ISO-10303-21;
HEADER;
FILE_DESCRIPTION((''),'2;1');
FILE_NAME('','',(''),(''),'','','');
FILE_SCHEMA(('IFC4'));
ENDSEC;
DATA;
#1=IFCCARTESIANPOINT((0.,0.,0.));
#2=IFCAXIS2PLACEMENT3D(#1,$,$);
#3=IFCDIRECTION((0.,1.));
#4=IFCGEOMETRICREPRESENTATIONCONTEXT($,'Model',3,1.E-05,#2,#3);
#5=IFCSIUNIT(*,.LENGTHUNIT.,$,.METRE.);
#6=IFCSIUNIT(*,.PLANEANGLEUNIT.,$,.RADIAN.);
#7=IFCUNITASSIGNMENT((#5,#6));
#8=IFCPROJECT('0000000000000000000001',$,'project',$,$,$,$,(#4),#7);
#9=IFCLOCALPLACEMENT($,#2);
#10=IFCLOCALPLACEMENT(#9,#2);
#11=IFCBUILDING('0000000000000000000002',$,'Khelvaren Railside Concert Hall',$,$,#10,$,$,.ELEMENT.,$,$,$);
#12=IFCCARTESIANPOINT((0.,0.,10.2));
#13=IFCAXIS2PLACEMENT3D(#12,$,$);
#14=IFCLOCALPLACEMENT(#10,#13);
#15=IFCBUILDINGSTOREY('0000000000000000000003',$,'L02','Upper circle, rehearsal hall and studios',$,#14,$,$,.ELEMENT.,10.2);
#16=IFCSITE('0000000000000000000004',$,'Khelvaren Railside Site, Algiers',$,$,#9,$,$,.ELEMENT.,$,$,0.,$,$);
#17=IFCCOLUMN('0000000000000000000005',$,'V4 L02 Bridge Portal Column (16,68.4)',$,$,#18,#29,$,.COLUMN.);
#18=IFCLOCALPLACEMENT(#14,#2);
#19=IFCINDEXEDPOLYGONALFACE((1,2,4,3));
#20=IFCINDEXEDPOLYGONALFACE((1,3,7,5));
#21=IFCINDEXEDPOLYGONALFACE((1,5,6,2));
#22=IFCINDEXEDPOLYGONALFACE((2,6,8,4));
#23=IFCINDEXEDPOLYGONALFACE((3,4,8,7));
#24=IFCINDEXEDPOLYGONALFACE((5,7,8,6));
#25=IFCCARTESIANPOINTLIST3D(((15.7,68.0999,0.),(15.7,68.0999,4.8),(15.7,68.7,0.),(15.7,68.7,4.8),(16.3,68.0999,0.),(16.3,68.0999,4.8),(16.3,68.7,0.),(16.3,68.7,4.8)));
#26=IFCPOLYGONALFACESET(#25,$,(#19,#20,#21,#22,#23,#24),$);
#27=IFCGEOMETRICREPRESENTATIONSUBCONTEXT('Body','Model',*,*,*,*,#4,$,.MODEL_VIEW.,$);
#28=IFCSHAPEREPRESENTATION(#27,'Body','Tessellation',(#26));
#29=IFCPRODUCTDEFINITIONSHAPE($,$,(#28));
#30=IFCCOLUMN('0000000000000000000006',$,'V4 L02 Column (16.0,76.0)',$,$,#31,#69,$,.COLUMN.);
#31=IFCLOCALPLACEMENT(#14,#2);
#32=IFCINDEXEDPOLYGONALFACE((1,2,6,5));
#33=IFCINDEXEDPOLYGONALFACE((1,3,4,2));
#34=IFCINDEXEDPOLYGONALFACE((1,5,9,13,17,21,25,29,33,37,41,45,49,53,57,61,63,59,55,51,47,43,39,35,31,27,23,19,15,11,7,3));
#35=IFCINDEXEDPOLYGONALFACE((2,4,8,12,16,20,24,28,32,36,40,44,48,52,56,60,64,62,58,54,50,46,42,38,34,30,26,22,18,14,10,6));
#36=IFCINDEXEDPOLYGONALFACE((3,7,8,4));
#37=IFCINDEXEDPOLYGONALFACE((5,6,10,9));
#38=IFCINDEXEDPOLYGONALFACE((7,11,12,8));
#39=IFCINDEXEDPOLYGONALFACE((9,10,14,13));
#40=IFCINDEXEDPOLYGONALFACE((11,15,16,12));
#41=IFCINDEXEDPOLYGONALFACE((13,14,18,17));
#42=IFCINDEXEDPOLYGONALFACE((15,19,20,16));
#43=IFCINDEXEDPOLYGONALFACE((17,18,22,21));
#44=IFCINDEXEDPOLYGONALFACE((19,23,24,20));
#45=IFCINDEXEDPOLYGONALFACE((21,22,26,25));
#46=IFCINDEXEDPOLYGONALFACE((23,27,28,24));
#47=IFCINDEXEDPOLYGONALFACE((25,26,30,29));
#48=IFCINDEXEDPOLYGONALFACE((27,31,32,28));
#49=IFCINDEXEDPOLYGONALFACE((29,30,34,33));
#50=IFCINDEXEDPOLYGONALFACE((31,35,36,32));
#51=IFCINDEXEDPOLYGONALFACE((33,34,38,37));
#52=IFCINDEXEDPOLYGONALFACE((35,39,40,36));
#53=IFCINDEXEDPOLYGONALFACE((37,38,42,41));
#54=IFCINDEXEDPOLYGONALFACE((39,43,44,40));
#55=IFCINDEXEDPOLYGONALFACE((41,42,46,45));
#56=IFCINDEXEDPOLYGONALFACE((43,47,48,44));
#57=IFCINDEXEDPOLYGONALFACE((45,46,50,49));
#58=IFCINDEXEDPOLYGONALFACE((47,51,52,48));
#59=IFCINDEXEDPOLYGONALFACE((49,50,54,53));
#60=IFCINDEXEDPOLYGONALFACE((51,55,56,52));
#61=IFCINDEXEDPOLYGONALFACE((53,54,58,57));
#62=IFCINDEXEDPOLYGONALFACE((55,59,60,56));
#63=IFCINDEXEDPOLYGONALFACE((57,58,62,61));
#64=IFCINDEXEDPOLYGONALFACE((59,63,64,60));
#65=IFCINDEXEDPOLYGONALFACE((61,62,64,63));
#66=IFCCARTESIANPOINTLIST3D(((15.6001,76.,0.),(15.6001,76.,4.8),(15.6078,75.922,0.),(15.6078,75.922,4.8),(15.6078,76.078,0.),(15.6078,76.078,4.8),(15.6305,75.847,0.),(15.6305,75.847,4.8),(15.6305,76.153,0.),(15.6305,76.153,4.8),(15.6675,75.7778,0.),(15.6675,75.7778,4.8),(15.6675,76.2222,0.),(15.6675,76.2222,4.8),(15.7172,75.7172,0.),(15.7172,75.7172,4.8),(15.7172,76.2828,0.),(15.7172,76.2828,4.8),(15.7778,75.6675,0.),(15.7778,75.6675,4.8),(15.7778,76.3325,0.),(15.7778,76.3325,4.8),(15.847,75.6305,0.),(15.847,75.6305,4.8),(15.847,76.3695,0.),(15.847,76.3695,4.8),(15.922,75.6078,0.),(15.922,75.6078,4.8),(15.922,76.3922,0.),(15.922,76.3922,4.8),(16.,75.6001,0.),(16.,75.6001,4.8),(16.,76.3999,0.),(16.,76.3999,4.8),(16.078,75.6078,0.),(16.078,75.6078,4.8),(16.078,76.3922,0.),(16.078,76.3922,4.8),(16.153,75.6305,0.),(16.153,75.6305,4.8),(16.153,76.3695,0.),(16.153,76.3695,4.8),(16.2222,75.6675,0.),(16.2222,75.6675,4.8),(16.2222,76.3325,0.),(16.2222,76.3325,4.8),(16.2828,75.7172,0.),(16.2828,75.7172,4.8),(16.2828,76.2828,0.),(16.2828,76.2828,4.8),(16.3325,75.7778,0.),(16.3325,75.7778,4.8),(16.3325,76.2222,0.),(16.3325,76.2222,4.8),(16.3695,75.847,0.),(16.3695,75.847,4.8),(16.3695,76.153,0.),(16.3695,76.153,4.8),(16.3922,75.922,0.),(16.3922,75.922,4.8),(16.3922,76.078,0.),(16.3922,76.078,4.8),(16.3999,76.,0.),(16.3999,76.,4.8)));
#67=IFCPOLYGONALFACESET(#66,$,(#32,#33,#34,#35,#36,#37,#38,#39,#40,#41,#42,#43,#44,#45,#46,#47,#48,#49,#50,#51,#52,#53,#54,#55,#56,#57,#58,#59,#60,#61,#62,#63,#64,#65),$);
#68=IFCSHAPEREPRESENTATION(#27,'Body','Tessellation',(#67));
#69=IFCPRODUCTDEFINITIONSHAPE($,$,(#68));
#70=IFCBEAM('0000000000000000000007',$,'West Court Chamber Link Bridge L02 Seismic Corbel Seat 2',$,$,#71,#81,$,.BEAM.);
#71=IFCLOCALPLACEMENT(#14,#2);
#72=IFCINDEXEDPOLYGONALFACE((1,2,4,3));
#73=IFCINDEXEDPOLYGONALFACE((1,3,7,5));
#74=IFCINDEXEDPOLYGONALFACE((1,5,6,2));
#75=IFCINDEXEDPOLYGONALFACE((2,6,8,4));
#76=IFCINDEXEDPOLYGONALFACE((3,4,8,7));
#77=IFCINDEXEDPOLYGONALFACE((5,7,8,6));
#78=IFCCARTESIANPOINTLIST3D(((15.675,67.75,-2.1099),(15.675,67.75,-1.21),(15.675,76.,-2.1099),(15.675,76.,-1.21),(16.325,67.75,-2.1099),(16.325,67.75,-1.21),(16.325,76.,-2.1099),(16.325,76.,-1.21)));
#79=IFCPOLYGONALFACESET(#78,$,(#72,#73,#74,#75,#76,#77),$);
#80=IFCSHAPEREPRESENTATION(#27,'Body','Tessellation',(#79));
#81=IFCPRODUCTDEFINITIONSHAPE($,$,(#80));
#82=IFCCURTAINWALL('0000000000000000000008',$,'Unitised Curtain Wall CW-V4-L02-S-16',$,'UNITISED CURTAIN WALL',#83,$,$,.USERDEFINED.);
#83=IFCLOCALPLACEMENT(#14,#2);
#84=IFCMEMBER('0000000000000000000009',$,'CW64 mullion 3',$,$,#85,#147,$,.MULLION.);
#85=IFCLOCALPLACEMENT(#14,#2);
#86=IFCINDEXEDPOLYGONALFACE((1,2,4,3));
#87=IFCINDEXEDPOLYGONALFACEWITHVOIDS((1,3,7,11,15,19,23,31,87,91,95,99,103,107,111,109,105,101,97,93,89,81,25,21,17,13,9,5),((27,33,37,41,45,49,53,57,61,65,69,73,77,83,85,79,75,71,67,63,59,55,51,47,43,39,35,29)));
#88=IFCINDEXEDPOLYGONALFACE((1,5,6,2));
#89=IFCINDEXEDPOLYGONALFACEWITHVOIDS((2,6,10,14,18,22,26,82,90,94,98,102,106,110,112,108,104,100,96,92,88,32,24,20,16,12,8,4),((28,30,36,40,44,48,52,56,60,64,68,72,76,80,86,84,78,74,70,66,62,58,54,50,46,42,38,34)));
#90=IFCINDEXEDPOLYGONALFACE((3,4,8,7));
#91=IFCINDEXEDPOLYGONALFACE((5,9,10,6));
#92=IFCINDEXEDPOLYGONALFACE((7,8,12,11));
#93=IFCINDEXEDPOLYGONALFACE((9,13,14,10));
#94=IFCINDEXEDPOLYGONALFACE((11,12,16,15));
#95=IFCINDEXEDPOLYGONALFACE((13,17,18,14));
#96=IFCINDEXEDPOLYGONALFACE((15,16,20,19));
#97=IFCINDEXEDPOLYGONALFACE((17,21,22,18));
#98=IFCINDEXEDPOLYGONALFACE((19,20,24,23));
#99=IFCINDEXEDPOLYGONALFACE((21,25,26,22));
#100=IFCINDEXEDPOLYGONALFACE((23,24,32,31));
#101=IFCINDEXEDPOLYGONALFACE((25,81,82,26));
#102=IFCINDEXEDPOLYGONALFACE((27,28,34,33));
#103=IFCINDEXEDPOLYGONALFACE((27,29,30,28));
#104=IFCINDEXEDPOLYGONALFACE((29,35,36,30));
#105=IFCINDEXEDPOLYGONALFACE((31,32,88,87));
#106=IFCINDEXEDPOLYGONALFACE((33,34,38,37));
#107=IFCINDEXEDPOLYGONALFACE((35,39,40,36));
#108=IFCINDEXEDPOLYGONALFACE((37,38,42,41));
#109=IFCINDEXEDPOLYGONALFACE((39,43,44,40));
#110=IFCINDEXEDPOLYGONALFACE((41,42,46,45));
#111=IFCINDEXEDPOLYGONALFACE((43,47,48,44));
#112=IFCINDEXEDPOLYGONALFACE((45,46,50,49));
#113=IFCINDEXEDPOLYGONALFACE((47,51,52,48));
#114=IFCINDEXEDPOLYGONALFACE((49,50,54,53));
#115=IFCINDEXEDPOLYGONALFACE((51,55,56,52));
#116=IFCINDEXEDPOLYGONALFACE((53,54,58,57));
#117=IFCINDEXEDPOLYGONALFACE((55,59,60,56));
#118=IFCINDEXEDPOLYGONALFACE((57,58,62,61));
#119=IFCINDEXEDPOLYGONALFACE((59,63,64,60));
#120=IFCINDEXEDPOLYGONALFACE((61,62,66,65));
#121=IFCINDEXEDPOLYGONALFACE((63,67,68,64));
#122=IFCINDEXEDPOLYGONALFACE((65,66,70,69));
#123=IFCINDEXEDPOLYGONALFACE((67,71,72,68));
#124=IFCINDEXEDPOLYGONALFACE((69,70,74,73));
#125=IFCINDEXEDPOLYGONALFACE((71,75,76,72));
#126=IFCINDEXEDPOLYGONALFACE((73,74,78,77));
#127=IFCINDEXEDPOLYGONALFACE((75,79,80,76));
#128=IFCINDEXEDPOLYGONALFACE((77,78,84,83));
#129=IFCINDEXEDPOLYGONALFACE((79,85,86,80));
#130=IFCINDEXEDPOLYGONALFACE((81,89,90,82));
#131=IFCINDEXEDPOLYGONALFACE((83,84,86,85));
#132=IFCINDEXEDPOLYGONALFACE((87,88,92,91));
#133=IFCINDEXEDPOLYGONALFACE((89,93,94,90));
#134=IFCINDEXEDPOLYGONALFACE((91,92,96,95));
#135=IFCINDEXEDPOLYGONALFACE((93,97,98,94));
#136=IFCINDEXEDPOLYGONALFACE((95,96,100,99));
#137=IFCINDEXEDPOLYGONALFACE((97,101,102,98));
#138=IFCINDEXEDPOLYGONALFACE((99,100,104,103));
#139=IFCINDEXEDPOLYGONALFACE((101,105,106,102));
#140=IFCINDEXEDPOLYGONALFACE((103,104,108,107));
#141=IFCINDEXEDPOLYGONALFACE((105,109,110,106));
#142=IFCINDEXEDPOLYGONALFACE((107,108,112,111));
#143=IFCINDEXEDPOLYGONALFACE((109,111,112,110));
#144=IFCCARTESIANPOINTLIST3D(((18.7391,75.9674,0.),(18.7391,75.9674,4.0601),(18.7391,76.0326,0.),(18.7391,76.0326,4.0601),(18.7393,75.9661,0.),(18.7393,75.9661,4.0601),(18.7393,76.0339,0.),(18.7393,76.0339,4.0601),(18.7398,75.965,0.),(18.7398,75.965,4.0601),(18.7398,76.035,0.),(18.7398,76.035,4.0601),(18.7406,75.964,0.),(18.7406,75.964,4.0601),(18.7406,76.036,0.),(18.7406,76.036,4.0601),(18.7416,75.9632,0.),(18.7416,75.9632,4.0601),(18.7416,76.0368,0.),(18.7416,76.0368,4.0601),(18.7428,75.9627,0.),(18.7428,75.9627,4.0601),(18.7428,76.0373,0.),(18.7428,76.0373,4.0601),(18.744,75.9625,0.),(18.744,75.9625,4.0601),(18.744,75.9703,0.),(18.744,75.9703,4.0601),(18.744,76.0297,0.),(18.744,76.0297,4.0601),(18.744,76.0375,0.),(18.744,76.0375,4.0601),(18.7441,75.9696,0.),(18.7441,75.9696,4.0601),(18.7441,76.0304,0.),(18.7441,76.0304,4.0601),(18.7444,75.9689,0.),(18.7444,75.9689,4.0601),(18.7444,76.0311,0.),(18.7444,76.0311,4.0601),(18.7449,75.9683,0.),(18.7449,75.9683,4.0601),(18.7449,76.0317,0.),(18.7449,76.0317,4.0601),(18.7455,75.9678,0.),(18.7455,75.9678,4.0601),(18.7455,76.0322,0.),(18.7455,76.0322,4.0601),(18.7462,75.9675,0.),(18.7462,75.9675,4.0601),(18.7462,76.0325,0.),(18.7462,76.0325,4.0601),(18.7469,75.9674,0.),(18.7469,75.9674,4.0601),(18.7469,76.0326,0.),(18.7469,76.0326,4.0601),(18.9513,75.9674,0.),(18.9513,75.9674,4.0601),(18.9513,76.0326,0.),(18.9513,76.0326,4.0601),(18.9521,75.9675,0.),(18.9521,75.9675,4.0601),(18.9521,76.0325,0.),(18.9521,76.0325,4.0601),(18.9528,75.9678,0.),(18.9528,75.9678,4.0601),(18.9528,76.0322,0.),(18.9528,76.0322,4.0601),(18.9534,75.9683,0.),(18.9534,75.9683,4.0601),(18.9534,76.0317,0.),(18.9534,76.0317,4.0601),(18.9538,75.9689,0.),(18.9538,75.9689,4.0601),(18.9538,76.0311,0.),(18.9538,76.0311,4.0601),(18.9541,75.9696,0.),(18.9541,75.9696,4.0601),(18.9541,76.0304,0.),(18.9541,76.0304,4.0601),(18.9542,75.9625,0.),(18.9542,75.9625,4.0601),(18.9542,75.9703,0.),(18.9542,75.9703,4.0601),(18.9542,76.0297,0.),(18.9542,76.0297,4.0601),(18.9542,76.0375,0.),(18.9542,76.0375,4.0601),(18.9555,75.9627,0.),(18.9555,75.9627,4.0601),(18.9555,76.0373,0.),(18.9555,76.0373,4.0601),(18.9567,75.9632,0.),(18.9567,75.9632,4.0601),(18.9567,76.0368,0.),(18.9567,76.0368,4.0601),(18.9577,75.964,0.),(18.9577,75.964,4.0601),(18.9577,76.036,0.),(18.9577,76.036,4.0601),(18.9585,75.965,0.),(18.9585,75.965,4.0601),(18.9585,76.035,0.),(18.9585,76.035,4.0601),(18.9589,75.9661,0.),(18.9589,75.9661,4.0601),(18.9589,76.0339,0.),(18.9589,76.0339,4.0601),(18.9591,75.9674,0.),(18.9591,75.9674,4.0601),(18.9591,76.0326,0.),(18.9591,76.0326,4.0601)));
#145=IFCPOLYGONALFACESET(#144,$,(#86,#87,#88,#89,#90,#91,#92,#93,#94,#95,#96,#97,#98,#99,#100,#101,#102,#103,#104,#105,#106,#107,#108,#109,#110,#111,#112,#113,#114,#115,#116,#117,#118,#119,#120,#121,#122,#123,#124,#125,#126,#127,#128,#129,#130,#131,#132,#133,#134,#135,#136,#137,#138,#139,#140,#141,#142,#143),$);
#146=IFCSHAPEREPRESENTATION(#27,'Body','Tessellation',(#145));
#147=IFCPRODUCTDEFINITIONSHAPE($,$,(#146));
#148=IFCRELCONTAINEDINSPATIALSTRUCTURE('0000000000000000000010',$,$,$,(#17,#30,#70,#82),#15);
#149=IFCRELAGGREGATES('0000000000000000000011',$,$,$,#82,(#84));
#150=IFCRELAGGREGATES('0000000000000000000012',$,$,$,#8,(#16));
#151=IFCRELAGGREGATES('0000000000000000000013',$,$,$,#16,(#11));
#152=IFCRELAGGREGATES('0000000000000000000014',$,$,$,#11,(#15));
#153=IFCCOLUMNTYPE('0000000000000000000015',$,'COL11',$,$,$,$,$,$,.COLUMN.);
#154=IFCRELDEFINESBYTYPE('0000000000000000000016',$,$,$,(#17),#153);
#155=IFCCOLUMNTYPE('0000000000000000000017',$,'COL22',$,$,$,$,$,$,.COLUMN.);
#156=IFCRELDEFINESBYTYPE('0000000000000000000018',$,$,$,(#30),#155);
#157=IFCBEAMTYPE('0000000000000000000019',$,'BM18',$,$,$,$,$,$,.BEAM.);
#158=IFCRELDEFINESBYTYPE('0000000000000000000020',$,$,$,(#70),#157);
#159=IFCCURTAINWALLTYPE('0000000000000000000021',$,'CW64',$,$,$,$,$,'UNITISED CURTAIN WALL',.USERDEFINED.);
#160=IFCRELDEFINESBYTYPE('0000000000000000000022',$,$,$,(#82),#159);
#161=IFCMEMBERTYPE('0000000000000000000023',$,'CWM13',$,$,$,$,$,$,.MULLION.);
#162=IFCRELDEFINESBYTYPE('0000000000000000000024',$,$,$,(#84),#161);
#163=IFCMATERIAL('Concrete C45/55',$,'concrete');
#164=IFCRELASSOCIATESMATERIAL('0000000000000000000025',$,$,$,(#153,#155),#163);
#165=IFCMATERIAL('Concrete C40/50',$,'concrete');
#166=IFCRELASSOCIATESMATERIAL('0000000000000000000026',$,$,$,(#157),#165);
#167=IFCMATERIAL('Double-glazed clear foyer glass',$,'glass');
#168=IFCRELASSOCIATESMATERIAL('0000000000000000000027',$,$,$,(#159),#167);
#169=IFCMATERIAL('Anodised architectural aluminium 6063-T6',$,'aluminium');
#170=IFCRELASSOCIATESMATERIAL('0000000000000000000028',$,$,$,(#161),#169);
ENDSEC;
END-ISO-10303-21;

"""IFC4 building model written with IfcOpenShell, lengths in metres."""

from ifc_helpers import new_model, si_unit, direction, frame, origin, origin_2d, place, context, subcontext, project, spatial, rectangle, hollow_rectangle, circle, extrude, material, material_profile, profile_set, type_object, element, aggregate, save


model = new_model("IFC4")

# Units and contexts
model_context = context("Model", 3, precision=1e-05, world=origin(), true_north=direction((0.0, 1.0)))
body_context = subcontext(model_context, "Body", "Model", "MODEL_VIEW")
ifc_project = project(units=[si_unit("LENGTHUNIT", "METRE"), si_unit("PLANEANGLEUNIT", "RADIAN")], contexts=[model_context])

# Site, building, storey
site_placement = place(None, origin())
site = spatial("IfcSite", under=ifc_project, at=site_placement, Name="Khelvaren Railside Site, Algiers", CompositionType="ELEMENT", RefElevation=0.0)
building_placement = place(site_placement, origin())
building = spatial("IfcBuilding", under=site, at=building_placement, Name="Khelvaren Railside Concert Hall", CompositionType="ELEMENT")
storey_placement = place(building_placement, frame((0.0, 0.0, 10.2)))
storey = spatial("IfcBuildingStorey", under=building, at=storey_placement, Name="L02", Description="Upper circle, rehearsal hall and studios", CompositionType="ELEMENT", Elevation=10.2)

# Columns
ifc_material_1 = material(Name="Concrete C45/55", Category="concrete")
ifc_material_profile_1 = material_profile(ifc_material_1, rectangle(XDim=0.6001, YDim=0.6001, at=origin_2d()), Name="RC 600x600")
ifc_profile_set_1 = profile_set([ifc_material_profile_1], Name="Concrete C45/55")
column_type_1 = type_object("IfcColumnType", Name="COL11", PredefinedType="COLUMN", material=ifc_profile_set_1)
column_1_placement = place(storey_placement, frame((16.0, 68.3999, 0.0), z_axis=(0.0, 0.0, 1.0), x_axis=(1.0, 0.0, 0.0)))
element("IfcColumn", 1, at=column_1_placement, inside=storey, type_object=column_type_1, Name="V4 L02 Bridge Portal Column (16,68.4)", PredefinedType="COLUMN", context=body_context, shape_type="SweptSolid", body=[
    extrude(rectangle(XDim=0.6001, YDim=0.6001, at=origin_2d()), origin(), (0.0, 0.0, 1.0), 4.8),
])
ifc_material_profile_2 = material_profile(ifc_material_1, circle(Radius=0.3999, at=origin_2d()), Name="RC D800")
ifc_profile_set_2 = profile_set([ifc_material_profile_2], Name="Concrete C45/55")
column_type_2 = type_object("IfcColumnType", Name="COL22", PredefinedType="COLUMN", material=ifc_profile_set_2)
column_2_placement = place(storey_placement, frame((16.0, 76.0, 0.0), z_axis=(0.0, 0.0, 1.0), x_axis=(1.0, 0.0, 0.0)))
element("IfcColumn", 2, at=column_2_placement, inside=storey, type_object=column_type_2, Name="V4 L02 Column (16.0,76.0)", PredefinedType="COLUMN", context=body_context, shape_type="SweptSolid", body=[
    extrude(circle(Radius=0.3999, at=origin_2d()), origin(), (0.0, 0.0, 1.0), 4.8),
])

# Beam
ifc_material_2 = material(Name="Concrete C40/50", Category="concrete")
ifc_material_profile_3 = material_profile(ifc_material_2, rectangle(XDim=0.6499, YDim=0.8999, at=origin_2d()), Name="RCB 650x900")
ifc_profile_set_3 = profile_set([ifc_material_profile_3], Name="Concrete C40/50")
beam_type_1 = type_object("IfcBeamType", Name="BM18", PredefinedType="BEAM", material=ifc_profile_set_3)
beam_1_placement = place(storey_placement, frame((16.0, 67.75, -1.6599), z_axis=(0.0, 1.0, 0.0), x_axis=(-1.0, 0.0, 0.0)))
element("IfcBeam", 3, at=beam_1_placement, inside=storey, type_object=beam_type_1, Name="West Court Chamber Link Bridge L02 Seismic Corbel Seat 2", PredefinedType="BEAM", context=body_context, shape_type="SweptSolid", body=[
    extrude(rectangle(XDim=0.6499, YDim=0.8999, at=origin_2d()), origin(), (0.0, 0.0, 1.0), 8.25),
])

# Curtain wall, member
ifc_material_3 = material(Name="Double-glazed clear foyer glass", Category="glass")
curtain_wall_type = type_object("IfcCurtainWallType", Name="CW64", ElementType="UNITISED CURTAIN WALL", PredefinedType="USERDEFINED", material=ifc_material_3)
curtain_wall_placement = place(storey_placement, origin())
curtain_wall = element("IfcCurtainWall", 4, at=curtain_wall_placement, inside=storey, type_object=curtain_wall_type, Name="Unitised Curtain Wall CW-V4-L02-S-16", ObjectType="UNITISED CURTAIN WALL", PredefinedType="USERDEFINED")
ifc_material_4 = material(Name="Anodised architectural aluminium 6063-T6", Category="aluminium")
ifc_material_profile_4 = material_profile(ifc_material_4, hollow_rectangle(XDim=0.075, YDim=0.22, WallThickness=0.0049, InnerFilletRadius=0.0029, OuterFilletRadius=0.0049, at=origin_2d()), Name="CWM 75x220x5")
ifc_profile_set_4 = profile_set([ifc_material_profile_4], Name="Anodised architectural aluminium 6063-T6")
member_type_1 = type_object("IfcMemberType", Name="CWM13", PredefinedType="MULLION", material=ifc_profile_set_4)
member_1_placement = place(storey_placement, frame((18.8491, 76.0, 0.0), z_axis=(0.0, 0.0, 1.0), x_axis=(0.0, -1.0, 0.0)))
member_1 = element("IfcMember", 5, at=member_1_placement, type_object=member_type_1, Name="CW64 mullion 3", PredefinedType="MULLION", context=body_context, shape_type="SweptSolid", body=[
    extrude(hollow_rectangle(XDim=0.075, YDim=0.22, WallThickness=0.0049, InnerFilletRadius=0.0029, OuterFilletRadius=0.0049, at=origin_2d()), origin(), (0.0, 0.0, 1.0), 4.0601),
])

aggregate(curtain_wall, [member_1])

save(model, "model.ifc")
